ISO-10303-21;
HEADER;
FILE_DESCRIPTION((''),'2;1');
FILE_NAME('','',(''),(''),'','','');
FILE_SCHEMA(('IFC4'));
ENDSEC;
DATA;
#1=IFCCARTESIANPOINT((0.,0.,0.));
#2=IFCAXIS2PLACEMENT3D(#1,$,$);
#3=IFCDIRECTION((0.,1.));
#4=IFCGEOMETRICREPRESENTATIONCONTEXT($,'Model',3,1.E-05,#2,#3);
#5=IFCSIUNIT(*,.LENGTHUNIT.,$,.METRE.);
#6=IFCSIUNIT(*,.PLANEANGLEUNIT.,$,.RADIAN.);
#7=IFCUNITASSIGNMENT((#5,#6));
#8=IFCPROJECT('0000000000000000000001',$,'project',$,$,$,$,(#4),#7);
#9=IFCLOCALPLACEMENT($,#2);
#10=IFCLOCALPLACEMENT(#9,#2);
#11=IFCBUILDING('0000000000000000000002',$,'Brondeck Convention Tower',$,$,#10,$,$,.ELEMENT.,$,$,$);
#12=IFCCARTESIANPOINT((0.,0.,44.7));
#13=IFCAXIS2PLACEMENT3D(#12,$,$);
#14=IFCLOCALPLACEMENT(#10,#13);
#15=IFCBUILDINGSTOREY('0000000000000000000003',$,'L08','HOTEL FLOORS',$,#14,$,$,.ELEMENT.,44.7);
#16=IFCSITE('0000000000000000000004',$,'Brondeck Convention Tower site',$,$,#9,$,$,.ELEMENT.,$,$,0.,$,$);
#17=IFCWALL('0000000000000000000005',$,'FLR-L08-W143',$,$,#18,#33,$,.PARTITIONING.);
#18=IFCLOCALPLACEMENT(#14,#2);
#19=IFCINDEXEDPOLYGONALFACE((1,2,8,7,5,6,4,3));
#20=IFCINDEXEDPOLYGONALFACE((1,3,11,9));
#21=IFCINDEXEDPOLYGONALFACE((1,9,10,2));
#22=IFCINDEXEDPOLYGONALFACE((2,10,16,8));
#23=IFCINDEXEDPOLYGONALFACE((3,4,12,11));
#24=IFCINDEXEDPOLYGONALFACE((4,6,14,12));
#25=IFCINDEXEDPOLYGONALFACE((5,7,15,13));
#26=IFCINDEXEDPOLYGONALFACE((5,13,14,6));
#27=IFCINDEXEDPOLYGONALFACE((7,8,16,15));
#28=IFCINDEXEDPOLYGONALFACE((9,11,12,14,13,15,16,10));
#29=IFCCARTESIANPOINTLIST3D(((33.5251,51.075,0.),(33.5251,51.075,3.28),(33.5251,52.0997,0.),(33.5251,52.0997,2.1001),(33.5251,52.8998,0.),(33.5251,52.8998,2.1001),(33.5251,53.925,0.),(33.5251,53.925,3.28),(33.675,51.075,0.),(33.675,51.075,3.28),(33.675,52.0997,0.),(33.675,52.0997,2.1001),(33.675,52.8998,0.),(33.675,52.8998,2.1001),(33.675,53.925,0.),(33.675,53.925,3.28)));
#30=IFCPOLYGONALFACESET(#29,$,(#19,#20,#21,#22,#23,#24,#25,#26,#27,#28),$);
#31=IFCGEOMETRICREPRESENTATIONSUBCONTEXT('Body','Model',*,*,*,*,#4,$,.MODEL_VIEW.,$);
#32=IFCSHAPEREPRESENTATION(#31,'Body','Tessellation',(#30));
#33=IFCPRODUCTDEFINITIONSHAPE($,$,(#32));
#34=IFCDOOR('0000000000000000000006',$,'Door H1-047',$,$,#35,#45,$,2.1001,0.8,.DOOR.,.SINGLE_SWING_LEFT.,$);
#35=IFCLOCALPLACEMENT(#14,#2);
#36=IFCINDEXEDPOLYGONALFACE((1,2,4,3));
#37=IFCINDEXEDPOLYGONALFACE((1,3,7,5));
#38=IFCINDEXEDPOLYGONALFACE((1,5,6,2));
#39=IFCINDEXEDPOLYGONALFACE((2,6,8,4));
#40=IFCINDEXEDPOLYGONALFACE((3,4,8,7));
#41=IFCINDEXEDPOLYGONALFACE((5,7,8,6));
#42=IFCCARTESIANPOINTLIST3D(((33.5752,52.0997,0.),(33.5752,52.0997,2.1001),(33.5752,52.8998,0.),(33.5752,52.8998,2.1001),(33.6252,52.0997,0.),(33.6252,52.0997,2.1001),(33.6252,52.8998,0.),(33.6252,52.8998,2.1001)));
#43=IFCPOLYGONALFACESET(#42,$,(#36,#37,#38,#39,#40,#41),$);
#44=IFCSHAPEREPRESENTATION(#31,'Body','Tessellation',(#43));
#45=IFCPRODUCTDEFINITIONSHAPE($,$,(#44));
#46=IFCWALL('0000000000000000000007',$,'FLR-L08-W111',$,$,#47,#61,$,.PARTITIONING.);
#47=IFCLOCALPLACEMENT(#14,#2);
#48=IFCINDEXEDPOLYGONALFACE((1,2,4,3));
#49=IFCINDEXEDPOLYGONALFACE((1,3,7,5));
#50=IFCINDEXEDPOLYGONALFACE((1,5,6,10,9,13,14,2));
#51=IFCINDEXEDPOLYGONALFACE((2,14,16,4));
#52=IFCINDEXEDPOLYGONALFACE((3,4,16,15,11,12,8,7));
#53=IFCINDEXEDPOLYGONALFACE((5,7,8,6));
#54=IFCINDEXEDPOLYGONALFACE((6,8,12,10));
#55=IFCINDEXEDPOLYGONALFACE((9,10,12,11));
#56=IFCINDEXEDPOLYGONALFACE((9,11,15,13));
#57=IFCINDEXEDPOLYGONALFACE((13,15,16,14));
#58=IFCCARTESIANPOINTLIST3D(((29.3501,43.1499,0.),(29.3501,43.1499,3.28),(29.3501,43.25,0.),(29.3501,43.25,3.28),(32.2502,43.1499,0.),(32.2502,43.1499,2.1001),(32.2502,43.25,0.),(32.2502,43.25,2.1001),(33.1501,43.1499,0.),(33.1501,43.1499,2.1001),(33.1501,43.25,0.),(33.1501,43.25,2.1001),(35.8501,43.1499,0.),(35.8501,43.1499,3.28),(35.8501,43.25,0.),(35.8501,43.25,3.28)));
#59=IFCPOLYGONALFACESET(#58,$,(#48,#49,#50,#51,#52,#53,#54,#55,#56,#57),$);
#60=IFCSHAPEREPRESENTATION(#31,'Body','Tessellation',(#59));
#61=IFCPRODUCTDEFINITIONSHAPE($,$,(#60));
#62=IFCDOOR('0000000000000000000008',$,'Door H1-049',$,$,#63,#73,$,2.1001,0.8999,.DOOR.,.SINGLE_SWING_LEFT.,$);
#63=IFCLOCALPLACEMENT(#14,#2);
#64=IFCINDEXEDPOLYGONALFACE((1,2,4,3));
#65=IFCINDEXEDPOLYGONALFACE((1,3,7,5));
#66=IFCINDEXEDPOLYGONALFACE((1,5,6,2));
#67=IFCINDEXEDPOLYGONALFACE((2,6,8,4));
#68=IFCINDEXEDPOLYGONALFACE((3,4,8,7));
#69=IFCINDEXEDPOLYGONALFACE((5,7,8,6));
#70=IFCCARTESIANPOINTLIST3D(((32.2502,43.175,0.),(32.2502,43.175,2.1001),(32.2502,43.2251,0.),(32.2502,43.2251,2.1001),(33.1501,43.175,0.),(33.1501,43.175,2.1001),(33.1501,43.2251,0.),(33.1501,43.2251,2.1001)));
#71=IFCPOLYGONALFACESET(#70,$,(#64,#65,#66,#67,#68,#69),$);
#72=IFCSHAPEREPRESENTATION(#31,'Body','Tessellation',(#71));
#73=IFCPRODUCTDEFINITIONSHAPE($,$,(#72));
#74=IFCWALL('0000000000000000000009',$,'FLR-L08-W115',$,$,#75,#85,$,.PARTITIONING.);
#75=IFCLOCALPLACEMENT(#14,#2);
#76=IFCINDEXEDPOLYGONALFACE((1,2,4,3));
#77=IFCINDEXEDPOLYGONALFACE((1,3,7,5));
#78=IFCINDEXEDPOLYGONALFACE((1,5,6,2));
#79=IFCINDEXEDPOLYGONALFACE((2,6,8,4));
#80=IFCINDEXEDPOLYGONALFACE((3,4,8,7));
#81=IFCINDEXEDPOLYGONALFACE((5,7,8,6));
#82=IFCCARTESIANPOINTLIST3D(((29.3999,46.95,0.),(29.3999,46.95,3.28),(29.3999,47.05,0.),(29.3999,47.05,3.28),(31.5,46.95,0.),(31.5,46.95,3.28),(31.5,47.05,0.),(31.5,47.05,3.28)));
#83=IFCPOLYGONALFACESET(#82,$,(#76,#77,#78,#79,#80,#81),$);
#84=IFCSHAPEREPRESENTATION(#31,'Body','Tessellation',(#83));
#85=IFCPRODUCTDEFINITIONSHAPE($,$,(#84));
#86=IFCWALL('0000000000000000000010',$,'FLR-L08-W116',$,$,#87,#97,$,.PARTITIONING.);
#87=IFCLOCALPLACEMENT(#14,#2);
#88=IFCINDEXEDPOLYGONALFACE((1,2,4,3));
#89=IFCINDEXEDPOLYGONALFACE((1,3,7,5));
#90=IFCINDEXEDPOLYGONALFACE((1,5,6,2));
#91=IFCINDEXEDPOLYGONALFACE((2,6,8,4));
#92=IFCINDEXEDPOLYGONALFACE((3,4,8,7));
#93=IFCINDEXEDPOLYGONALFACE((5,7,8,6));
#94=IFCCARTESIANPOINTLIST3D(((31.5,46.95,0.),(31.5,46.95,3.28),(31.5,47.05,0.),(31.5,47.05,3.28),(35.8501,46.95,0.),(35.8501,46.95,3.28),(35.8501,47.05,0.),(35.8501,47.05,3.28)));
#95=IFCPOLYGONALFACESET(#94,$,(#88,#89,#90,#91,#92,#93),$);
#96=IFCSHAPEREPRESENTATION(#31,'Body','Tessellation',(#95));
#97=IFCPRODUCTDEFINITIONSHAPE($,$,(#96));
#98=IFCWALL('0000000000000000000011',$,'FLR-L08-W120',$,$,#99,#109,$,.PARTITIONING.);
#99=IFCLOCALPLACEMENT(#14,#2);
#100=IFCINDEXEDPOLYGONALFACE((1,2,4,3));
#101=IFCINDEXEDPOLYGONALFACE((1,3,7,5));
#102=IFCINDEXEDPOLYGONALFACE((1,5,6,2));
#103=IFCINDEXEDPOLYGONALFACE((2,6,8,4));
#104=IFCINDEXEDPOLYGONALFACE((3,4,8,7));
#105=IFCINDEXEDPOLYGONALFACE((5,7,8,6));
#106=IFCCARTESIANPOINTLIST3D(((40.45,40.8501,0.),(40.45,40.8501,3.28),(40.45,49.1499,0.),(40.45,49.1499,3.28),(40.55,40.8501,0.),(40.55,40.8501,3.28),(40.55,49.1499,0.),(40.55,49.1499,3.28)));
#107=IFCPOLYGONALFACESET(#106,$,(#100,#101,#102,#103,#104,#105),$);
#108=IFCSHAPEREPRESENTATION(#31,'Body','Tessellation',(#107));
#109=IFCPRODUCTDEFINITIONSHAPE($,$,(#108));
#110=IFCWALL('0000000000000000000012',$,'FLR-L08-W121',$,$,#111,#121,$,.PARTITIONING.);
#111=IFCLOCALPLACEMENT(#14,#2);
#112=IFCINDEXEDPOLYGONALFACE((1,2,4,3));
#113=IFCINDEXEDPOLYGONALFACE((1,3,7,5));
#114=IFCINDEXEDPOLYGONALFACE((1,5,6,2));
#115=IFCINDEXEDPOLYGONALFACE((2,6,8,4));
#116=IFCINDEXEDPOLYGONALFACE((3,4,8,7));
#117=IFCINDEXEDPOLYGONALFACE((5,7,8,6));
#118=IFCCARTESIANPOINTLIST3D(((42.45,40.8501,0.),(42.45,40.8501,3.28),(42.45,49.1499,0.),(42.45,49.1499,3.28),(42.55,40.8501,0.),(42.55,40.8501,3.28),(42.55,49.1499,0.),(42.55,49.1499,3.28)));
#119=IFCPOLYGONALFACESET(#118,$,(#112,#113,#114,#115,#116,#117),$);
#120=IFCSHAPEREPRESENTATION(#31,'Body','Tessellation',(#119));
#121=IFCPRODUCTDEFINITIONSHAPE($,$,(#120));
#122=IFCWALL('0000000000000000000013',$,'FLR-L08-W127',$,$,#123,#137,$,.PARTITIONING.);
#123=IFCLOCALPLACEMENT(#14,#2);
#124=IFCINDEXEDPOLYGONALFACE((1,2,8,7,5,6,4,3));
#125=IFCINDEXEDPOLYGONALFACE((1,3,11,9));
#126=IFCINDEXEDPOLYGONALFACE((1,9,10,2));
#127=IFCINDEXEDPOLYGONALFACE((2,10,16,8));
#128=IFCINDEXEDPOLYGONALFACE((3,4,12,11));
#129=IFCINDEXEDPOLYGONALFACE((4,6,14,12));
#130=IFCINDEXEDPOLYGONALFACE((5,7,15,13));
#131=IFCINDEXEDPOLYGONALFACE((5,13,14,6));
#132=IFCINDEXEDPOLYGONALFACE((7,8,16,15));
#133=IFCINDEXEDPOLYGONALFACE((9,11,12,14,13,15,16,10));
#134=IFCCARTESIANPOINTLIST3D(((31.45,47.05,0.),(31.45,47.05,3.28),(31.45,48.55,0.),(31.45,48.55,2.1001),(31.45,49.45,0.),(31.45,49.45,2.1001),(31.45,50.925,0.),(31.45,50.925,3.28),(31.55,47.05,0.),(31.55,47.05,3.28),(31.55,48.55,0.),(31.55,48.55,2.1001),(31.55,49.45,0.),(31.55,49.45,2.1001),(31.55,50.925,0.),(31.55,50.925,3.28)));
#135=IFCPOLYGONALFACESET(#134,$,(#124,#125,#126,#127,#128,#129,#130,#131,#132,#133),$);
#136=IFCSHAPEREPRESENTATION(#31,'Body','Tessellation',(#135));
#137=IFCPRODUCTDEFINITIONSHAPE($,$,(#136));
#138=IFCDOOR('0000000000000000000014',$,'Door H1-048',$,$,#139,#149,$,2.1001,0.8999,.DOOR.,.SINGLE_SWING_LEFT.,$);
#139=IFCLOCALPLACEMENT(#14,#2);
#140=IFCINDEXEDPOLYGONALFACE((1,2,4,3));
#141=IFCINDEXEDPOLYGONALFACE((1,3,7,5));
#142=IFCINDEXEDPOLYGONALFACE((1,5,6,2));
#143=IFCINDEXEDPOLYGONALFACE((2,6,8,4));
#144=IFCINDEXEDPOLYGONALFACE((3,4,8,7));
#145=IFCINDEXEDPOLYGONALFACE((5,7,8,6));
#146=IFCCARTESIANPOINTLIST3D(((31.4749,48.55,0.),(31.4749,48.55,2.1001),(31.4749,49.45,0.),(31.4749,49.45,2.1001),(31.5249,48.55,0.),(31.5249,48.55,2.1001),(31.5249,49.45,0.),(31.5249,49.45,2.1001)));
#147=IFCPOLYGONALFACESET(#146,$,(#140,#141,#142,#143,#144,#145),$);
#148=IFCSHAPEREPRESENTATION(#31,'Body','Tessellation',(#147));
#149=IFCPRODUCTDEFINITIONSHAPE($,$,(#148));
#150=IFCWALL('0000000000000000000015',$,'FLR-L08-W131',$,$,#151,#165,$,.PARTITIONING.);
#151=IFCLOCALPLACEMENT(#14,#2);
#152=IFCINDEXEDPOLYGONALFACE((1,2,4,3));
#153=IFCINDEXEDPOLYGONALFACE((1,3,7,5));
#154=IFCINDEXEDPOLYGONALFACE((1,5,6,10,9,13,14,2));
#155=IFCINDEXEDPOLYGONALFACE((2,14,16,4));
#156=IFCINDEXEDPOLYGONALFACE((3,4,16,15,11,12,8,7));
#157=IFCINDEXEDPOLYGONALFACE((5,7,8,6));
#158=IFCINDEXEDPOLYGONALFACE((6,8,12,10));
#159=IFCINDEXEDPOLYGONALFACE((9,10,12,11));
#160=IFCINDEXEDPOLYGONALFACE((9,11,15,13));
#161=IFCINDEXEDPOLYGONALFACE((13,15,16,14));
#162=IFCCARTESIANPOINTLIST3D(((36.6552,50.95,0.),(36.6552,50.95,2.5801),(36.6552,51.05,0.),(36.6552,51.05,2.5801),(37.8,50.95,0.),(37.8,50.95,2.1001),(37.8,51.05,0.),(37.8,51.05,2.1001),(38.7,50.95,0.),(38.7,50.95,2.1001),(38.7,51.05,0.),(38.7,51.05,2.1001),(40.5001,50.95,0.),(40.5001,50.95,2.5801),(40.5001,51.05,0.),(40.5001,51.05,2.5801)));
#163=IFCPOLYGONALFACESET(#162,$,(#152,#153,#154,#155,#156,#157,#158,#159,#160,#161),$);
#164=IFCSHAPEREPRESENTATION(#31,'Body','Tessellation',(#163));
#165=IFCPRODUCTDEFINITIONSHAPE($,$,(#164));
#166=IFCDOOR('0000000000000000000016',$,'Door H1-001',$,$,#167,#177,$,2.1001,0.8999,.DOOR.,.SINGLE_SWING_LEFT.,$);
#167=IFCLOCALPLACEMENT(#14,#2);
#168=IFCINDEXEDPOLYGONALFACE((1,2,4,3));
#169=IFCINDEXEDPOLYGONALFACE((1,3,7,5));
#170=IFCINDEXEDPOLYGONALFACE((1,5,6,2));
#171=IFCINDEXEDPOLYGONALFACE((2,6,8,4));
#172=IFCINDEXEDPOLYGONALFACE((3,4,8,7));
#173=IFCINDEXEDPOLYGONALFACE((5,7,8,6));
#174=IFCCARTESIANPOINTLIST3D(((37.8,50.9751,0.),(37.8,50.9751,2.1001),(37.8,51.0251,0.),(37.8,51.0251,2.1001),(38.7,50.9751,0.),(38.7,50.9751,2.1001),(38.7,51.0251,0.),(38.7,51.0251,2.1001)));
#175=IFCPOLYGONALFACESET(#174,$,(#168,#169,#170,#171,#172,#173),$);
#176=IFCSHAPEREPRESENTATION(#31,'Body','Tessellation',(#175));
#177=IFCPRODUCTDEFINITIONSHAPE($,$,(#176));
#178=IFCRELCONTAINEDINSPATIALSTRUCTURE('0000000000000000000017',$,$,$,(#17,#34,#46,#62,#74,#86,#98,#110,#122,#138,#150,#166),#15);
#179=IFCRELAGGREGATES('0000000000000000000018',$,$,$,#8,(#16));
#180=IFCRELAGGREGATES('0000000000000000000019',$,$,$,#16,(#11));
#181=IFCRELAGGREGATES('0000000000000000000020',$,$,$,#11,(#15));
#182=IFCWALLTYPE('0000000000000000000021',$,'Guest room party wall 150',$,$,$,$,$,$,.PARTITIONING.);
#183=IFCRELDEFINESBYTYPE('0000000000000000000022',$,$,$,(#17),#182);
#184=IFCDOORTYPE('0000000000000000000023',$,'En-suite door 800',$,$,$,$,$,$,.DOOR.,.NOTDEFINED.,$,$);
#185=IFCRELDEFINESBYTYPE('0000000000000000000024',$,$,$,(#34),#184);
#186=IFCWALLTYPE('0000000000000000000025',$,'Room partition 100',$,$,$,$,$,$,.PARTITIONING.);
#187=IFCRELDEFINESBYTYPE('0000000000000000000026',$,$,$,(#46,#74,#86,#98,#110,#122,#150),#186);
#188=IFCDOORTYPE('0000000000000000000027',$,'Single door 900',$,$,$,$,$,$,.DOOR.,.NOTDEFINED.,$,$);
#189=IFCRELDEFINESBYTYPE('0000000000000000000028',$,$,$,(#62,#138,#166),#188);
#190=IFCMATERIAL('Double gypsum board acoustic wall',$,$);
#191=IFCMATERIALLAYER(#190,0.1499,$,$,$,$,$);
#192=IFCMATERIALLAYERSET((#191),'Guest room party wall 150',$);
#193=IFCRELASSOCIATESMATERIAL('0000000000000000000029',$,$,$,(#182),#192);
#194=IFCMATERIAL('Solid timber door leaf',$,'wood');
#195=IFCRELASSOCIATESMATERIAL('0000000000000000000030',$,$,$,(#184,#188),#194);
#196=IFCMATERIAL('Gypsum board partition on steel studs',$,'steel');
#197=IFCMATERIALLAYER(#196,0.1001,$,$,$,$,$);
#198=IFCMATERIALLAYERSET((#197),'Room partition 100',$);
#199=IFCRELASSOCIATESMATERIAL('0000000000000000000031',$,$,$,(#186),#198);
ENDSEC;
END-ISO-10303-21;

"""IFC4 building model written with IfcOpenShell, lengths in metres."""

from ifc_helpers import new_model, si_unit, direction, frame, frame_2d, origin, place, context, subcontext, project, spatial, rectangle, extrude, material, layer, layer_set, type_object, element, fill, save


model = new_model("IFC4")

# Units and contexts
model_context = context("Model", 3, precision=1e-05, world=origin(), true_north=direction((0.0, 1.0)))
body_context = subcontext(model_context, "Body", "Model", "MODEL_VIEW")
ifc_project = project(units=[si_unit("LENGTHUNIT", "METRE"), si_unit("PLANEANGLEUNIT", "RADIAN")], contexts=[model_context])

# Site, building, storey
site_placement = place(None, origin())
site = spatial("IfcSite", under=ifc_project, at=site_placement, Name="Brondeck Convention Tower site", CompositionType="ELEMENT", RefElevation=0.0)
building_placement = place(site_placement, origin())
building = spatial("IfcBuilding", under=site, at=building_placement, Name="Brondeck Convention Tower", CompositionType="ELEMENT")
storey_placement = place(building_placement, frame((0.0, 0.0, 44.7)))
storey = spatial("IfcBuildingStorey", under=building, at=storey_placement, Name="L08", Description="HOTEL FLOORS", CompositionType="ELEMENT", Elevation=44.7)

# Shared definitions
ifc_material_1 = material(Name="Double gypsum board acoustic wall")
ifc_layer_1 = layer(ifc_material_1, 0.1499)
ifc_layer_set_1 = layer_set([ifc_layer_1], Name="Guest room party wall 150")
wall_type_1 = type_object("IfcWallType", Name="Guest room party wall 150", PredefinedType="PARTITIONING", material=ifc_layer_set_1)

# Walls, openings, doors
wall_1_placement = place(storey_placement, frame((33.6001, 51.075, 0.0), z_axis=(0.0, 0.0, 1.0), x_axis=(0.0, 1.0, 0.0)))
wall_1 = element("IfcWall", 1, at=wall_1_placement, inside=storey, type_object=wall_type_1, Name="FLR-L08-W143", PredefinedType="PARTITIONING", context=body_context, shape_type="SweptSolid", body=[
    extrude(rectangle(XDim=2.8501, YDim=0.1499, at=frame_2d((1.425, 0.0))), origin(), (0.0, 0.0, 1.0), 3.28),
])
opening_1_placement = place(wall_1_placement, frame((1.0249, 0.0, 0.0)))
opening_1 = element("IfcOpeningElement", 2, at=opening_1_placement, cuts=wall_1, PredefinedType="OPENING", context=body_context, shape_type="SweptSolid", body=[
    extrude(rectangle(XDim=0.8, YDim=2.1001, at=frame_2d((0.3999, 1.05))), frame((0.0, 0.085, 0.0), z_axis=(0.0, -1.0, 0.0), x_axis=(1.0, 0.0, 0.0)), (0.0, 0.0, 1.0), 0.1699),
])
ifc_material_2 = material(Name="Solid timber door leaf", Category="wood")
door_type_1 = type_object("IfcDoorType", Name="En-suite door 800", OperationType="NOTDEFINED", PredefinedType="DOOR", material=ifc_material_2)
door_1_placement = place(opening_1_placement, origin())
door_1 = element("IfcDoor", 3, at=door_1_placement, inside=storey, type_object=door_type_1, Name="Door H1-047", OperationType="SINGLE_SWING_LEFT", OverallHeight=2.1001, OverallWidth=0.8, PredefinedType="DOOR", context=body_context, shape_type="SweptSolid", body=[
    extrude(rectangle(XDim=0.8, YDim=2.1001, at=frame_2d((0.3999, 1.05))), frame((0.0, 0.0249, 0.0), z_axis=(0.0, -1.0, 0.0), x_axis=(1.0, 0.0, 0.0)), (0.0, 0.0, 1.0), 0.05),
])
fill(opening_1, door_1)
ifc_material_3 = material(Name="Gypsum board partition on steel studs", Category="steel")
ifc_layer_2 = layer(ifc_material_3, 0.1001)
ifc_layer_set_2 = layer_set([ifc_layer_2], Name="Room partition 100")
wall_type_2 = type_object("IfcWallType", Name="Room partition 100", PredefinedType="PARTITIONING", material=ifc_layer_set_2)
wall_2_placement = place(storey_placement, frame((35.8501, 43.2, 0.0), z_axis=(0.0, 0.0, 1.0), x_axis=(-1.0, 0.0, 0.0)))
wall_2 = element("IfcWall", 4, at=wall_2_placement, inside=storey, type_object=wall_type_2, Name="FLR-L08-W111", PredefinedType="PARTITIONING", context=body_context, shape_type="SweptSolid", body=[
    extrude(rectangle(XDim=6.5, YDim=0.1001, at=frame_2d((3.25, 0.0))), origin(), (0.0, 0.0, 1.0), 3.28),
])
opening_2_placement = place(wall_2_placement, frame((2.7, 0.0, 0.0)))
opening_2 = element("IfcOpeningElement", 5, at=opening_2_placement, cuts=wall_2, PredefinedType="OPENING", context=body_context, shape_type="SweptSolid", body=[
    extrude(rectangle(XDim=0.8999, YDim=2.1001, at=frame_2d((0.45, 1.05))), frame((0.0, 0.0601, 0.0), z_axis=(0.0, -1.0, 0.0), x_axis=(1.0, 0.0, 0.0)), (0.0, 0.0, 1.0), 0.1201),
])
door_type_2 = type_object("IfcDoorType", Name="Single door 900", OperationType="NOTDEFINED", PredefinedType="DOOR", material=ifc_material_2)
door_2_placement = place(opening_2_placement, origin())
door_2 = element("IfcDoor", 6, at=door_2_placement, inside=storey, type_object=door_type_2, Name="Door H1-049", OperationType="SINGLE_SWING_LEFT", OverallHeight=2.1001, OverallWidth=0.8999, PredefinedType="DOOR", context=body_context, shape_type="SweptSolid", body=[
    extrude(rectangle(XDim=0.8999, YDim=2.1001, at=frame_2d((0.45, 1.05))), frame((0.0, 0.0249, 0.0), z_axis=(0.0, -1.0, 0.0), x_axis=(1.0, 0.0, 0.0)), (0.0, 0.0, 1.0), 0.05),
])
fill(opening_2, door_2)

# Walls
wall_3_placement = place(storey_placement, frame((29.3999, 47.0, 0.0), z_axis=(0.0, 0.0, 1.0), x_axis=(1.0, 0.0, 0.0)))
element("IfcWall", 7, at=wall_3_placement, inside=storey, type_object=wall_type_2, Name="FLR-L08-W115", PredefinedType="PARTITIONING", context=body_context, shape_type="SweptSolid", body=[
    extrude(rectangle(XDim=2.1001, YDim=0.1001, at=frame_2d((1.05, 0.0))), origin(), (0.0, 0.0, 1.0), 3.28),
])
wall_4_placement = place(storey_placement, frame((31.5, 47.0, 0.0), z_axis=(0.0, 0.0, 1.0), x_axis=(1.0, 0.0, 0.0)))
element("IfcWall", 8, at=wall_4_placement, inside=storey, type_object=wall_type_2, Name="FLR-L08-W116", PredefinedType="PARTITIONING", context=body_context, shape_type="SweptSolid", body=[
    extrude(rectangle(XDim=4.3501, YDim=0.1001, at=frame_2d((2.175, 0.0))), origin(), (0.0, 0.0, 1.0), 3.28),
])
for number, where, z_axis, x_axis, name in (
    (9, (40.5, 49.1499, 0.0), (0.0, 0.0, 1.0), (0.0, -1.0, 0.0), "FLR-L08-W120"),
    (10, (42.5, 49.1499, 0.0), (0.0, 0.0, 1.0), (0.0, -1.0, 0.0), "FLR-L08-W121"),
):
    element("IfcWall", number, at=place(storey_placement, frame(where, z_axis=z_axis, x_axis=x_axis)), inside=storey, type_object=wall_type_2, Name=name, PredefinedType="PARTITIONING", context=body_context, shape_type="SweptSolid", body=[
        extrude(rectangle(XDim=8.2998, YDim=0.1001, at=frame_2d((4.1499, 0.0))), origin(), (0.0, 0.0, 1.0), 3.28),
    ])

# Walls, openings, doors
wall_5_placement = place(storey_placement, frame((31.5, 50.925, 0.0), z_axis=(0.0, 0.0, 1.0), x_axis=(0.0, -1.0, 0.0)))
wall_5 = element("IfcWall", 11, at=wall_5_placement, inside=storey, type_object=wall_type_2, Name="FLR-L08-W127", PredefinedType="PARTITIONING", context=body_context, shape_type="SweptSolid", body=[
    extrude(rectangle(XDim=3.875, YDim=0.1001, at=frame_2d((1.9375, 0.0))), origin(), (0.0, 0.0, 1.0), 3.28),
])
opening_3_placement = place(wall_5_placement, frame((1.4751, 0.0, 0.0)))
opening_3 = element("IfcOpeningElement", 12, at=opening_3_placement, cuts=wall_5, PredefinedType="OPENING", context=body_context, shape_type="SweptSolid", body=[
    extrude(rectangle(XDim=0.8999, YDim=2.1001, at=frame_2d((0.45, 1.05))), frame((0.0, 0.0601, 0.0), z_axis=(0.0, -1.0, 0.0), x_axis=(1.0, 0.0, 0.0)), (0.0, 0.0, 1.0), 0.1201),
])
door_3_placement = place(opening_3_placement, origin())
door_3 = element("IfcDoor", 13, at=door_3_placement, inside=storey, type_object=door_type_2, Name="Door H1-048", OperationType="SINGLE_SWING_LEFT", OverallHeight=2.1001, OverallWidth=0.8999, PredefinedType="DOOR", context=body_context, shape_type="SweptSolid", body=[
    extrude(rectangle(XDim=0.8999, YDim=2.1001, at=frame_2d((0.45, 1.05))), frame((0.0, 0.0249, 0.0), z_axis=(0.0, -1.0, 0.0), x_axis=(1.0, 0.0, 0.0)), (0.0, 0.0, 1.0), 0.05),
])
fill(opening_3, door_3)
wall_6_placement = place(storey_placement, frame((40.5, 51.0, 0.0), z_axis=(0.0, 0.0, 1.0), x_axis=(-1.0, 0.0, 0.0)))
wall_6 = element("IfcWall", 14, at=wall_6_placement, inside=storey, type_object=wall_type_2, Name="FLR-L08-W131", PredefinedType="PARTITIONING", context=body_context, shape_type="SweptSolid", body=[
    extrude(rectangle(XDim=3.845, YDim=0.1001, at=frame_2d((1.9224, 0.0))), origin(), (0.0, 0.0, 1.0), 2.5801),
])
opening_4_placement = place(wall_6_placement, frame((1.8, 0.0, 0.0)))
opening_4 = element("IfcOpeningElement", 15, at=opening_4_placement, cuts=wall_6, PredefinedType="OPENING", context=body_context, shape_type="SweptSolid", body=[
    extrude(rectangle(XDim=0.8999, YDim=2.1001, at=frame_2d((0.45, 1.05))), frame((0.0, 0.0601, 0.0), z_axis=(0.0, -1.0, 0.0), x_axis=(1.0, 0.0, 0.0)), (0.0, 0.0, 1.0), 0.1201),
])
door_4_placement = place(opening_4_placement, origin())
door_4 = element("IfcDoor", 16, at=door_4_placement, inside=storey, type_object=door_type_2, Name="Door H1-001", OperationType="SINGLE_SWING_LEFT", OverallHeight=2.1001, OverallWidth=0.8999, PredefinedType="DOOR", context=body_context, shape_type="SweptSolid", body=[
    extrude(rectangle(XDim=0.8999, YDim=2.1001, at=frame_2d((0.45, 1.05))), frame((0.0, 0.0249, 0.0), z_axis=(0.0, -1.0, 0.0), x_axis=(1.0, 0.0, 0.0)), (0.0, 0.0, 1.0), 0.05),
])
fill(opening_4, door_4)

save(model, "model.ifc")
